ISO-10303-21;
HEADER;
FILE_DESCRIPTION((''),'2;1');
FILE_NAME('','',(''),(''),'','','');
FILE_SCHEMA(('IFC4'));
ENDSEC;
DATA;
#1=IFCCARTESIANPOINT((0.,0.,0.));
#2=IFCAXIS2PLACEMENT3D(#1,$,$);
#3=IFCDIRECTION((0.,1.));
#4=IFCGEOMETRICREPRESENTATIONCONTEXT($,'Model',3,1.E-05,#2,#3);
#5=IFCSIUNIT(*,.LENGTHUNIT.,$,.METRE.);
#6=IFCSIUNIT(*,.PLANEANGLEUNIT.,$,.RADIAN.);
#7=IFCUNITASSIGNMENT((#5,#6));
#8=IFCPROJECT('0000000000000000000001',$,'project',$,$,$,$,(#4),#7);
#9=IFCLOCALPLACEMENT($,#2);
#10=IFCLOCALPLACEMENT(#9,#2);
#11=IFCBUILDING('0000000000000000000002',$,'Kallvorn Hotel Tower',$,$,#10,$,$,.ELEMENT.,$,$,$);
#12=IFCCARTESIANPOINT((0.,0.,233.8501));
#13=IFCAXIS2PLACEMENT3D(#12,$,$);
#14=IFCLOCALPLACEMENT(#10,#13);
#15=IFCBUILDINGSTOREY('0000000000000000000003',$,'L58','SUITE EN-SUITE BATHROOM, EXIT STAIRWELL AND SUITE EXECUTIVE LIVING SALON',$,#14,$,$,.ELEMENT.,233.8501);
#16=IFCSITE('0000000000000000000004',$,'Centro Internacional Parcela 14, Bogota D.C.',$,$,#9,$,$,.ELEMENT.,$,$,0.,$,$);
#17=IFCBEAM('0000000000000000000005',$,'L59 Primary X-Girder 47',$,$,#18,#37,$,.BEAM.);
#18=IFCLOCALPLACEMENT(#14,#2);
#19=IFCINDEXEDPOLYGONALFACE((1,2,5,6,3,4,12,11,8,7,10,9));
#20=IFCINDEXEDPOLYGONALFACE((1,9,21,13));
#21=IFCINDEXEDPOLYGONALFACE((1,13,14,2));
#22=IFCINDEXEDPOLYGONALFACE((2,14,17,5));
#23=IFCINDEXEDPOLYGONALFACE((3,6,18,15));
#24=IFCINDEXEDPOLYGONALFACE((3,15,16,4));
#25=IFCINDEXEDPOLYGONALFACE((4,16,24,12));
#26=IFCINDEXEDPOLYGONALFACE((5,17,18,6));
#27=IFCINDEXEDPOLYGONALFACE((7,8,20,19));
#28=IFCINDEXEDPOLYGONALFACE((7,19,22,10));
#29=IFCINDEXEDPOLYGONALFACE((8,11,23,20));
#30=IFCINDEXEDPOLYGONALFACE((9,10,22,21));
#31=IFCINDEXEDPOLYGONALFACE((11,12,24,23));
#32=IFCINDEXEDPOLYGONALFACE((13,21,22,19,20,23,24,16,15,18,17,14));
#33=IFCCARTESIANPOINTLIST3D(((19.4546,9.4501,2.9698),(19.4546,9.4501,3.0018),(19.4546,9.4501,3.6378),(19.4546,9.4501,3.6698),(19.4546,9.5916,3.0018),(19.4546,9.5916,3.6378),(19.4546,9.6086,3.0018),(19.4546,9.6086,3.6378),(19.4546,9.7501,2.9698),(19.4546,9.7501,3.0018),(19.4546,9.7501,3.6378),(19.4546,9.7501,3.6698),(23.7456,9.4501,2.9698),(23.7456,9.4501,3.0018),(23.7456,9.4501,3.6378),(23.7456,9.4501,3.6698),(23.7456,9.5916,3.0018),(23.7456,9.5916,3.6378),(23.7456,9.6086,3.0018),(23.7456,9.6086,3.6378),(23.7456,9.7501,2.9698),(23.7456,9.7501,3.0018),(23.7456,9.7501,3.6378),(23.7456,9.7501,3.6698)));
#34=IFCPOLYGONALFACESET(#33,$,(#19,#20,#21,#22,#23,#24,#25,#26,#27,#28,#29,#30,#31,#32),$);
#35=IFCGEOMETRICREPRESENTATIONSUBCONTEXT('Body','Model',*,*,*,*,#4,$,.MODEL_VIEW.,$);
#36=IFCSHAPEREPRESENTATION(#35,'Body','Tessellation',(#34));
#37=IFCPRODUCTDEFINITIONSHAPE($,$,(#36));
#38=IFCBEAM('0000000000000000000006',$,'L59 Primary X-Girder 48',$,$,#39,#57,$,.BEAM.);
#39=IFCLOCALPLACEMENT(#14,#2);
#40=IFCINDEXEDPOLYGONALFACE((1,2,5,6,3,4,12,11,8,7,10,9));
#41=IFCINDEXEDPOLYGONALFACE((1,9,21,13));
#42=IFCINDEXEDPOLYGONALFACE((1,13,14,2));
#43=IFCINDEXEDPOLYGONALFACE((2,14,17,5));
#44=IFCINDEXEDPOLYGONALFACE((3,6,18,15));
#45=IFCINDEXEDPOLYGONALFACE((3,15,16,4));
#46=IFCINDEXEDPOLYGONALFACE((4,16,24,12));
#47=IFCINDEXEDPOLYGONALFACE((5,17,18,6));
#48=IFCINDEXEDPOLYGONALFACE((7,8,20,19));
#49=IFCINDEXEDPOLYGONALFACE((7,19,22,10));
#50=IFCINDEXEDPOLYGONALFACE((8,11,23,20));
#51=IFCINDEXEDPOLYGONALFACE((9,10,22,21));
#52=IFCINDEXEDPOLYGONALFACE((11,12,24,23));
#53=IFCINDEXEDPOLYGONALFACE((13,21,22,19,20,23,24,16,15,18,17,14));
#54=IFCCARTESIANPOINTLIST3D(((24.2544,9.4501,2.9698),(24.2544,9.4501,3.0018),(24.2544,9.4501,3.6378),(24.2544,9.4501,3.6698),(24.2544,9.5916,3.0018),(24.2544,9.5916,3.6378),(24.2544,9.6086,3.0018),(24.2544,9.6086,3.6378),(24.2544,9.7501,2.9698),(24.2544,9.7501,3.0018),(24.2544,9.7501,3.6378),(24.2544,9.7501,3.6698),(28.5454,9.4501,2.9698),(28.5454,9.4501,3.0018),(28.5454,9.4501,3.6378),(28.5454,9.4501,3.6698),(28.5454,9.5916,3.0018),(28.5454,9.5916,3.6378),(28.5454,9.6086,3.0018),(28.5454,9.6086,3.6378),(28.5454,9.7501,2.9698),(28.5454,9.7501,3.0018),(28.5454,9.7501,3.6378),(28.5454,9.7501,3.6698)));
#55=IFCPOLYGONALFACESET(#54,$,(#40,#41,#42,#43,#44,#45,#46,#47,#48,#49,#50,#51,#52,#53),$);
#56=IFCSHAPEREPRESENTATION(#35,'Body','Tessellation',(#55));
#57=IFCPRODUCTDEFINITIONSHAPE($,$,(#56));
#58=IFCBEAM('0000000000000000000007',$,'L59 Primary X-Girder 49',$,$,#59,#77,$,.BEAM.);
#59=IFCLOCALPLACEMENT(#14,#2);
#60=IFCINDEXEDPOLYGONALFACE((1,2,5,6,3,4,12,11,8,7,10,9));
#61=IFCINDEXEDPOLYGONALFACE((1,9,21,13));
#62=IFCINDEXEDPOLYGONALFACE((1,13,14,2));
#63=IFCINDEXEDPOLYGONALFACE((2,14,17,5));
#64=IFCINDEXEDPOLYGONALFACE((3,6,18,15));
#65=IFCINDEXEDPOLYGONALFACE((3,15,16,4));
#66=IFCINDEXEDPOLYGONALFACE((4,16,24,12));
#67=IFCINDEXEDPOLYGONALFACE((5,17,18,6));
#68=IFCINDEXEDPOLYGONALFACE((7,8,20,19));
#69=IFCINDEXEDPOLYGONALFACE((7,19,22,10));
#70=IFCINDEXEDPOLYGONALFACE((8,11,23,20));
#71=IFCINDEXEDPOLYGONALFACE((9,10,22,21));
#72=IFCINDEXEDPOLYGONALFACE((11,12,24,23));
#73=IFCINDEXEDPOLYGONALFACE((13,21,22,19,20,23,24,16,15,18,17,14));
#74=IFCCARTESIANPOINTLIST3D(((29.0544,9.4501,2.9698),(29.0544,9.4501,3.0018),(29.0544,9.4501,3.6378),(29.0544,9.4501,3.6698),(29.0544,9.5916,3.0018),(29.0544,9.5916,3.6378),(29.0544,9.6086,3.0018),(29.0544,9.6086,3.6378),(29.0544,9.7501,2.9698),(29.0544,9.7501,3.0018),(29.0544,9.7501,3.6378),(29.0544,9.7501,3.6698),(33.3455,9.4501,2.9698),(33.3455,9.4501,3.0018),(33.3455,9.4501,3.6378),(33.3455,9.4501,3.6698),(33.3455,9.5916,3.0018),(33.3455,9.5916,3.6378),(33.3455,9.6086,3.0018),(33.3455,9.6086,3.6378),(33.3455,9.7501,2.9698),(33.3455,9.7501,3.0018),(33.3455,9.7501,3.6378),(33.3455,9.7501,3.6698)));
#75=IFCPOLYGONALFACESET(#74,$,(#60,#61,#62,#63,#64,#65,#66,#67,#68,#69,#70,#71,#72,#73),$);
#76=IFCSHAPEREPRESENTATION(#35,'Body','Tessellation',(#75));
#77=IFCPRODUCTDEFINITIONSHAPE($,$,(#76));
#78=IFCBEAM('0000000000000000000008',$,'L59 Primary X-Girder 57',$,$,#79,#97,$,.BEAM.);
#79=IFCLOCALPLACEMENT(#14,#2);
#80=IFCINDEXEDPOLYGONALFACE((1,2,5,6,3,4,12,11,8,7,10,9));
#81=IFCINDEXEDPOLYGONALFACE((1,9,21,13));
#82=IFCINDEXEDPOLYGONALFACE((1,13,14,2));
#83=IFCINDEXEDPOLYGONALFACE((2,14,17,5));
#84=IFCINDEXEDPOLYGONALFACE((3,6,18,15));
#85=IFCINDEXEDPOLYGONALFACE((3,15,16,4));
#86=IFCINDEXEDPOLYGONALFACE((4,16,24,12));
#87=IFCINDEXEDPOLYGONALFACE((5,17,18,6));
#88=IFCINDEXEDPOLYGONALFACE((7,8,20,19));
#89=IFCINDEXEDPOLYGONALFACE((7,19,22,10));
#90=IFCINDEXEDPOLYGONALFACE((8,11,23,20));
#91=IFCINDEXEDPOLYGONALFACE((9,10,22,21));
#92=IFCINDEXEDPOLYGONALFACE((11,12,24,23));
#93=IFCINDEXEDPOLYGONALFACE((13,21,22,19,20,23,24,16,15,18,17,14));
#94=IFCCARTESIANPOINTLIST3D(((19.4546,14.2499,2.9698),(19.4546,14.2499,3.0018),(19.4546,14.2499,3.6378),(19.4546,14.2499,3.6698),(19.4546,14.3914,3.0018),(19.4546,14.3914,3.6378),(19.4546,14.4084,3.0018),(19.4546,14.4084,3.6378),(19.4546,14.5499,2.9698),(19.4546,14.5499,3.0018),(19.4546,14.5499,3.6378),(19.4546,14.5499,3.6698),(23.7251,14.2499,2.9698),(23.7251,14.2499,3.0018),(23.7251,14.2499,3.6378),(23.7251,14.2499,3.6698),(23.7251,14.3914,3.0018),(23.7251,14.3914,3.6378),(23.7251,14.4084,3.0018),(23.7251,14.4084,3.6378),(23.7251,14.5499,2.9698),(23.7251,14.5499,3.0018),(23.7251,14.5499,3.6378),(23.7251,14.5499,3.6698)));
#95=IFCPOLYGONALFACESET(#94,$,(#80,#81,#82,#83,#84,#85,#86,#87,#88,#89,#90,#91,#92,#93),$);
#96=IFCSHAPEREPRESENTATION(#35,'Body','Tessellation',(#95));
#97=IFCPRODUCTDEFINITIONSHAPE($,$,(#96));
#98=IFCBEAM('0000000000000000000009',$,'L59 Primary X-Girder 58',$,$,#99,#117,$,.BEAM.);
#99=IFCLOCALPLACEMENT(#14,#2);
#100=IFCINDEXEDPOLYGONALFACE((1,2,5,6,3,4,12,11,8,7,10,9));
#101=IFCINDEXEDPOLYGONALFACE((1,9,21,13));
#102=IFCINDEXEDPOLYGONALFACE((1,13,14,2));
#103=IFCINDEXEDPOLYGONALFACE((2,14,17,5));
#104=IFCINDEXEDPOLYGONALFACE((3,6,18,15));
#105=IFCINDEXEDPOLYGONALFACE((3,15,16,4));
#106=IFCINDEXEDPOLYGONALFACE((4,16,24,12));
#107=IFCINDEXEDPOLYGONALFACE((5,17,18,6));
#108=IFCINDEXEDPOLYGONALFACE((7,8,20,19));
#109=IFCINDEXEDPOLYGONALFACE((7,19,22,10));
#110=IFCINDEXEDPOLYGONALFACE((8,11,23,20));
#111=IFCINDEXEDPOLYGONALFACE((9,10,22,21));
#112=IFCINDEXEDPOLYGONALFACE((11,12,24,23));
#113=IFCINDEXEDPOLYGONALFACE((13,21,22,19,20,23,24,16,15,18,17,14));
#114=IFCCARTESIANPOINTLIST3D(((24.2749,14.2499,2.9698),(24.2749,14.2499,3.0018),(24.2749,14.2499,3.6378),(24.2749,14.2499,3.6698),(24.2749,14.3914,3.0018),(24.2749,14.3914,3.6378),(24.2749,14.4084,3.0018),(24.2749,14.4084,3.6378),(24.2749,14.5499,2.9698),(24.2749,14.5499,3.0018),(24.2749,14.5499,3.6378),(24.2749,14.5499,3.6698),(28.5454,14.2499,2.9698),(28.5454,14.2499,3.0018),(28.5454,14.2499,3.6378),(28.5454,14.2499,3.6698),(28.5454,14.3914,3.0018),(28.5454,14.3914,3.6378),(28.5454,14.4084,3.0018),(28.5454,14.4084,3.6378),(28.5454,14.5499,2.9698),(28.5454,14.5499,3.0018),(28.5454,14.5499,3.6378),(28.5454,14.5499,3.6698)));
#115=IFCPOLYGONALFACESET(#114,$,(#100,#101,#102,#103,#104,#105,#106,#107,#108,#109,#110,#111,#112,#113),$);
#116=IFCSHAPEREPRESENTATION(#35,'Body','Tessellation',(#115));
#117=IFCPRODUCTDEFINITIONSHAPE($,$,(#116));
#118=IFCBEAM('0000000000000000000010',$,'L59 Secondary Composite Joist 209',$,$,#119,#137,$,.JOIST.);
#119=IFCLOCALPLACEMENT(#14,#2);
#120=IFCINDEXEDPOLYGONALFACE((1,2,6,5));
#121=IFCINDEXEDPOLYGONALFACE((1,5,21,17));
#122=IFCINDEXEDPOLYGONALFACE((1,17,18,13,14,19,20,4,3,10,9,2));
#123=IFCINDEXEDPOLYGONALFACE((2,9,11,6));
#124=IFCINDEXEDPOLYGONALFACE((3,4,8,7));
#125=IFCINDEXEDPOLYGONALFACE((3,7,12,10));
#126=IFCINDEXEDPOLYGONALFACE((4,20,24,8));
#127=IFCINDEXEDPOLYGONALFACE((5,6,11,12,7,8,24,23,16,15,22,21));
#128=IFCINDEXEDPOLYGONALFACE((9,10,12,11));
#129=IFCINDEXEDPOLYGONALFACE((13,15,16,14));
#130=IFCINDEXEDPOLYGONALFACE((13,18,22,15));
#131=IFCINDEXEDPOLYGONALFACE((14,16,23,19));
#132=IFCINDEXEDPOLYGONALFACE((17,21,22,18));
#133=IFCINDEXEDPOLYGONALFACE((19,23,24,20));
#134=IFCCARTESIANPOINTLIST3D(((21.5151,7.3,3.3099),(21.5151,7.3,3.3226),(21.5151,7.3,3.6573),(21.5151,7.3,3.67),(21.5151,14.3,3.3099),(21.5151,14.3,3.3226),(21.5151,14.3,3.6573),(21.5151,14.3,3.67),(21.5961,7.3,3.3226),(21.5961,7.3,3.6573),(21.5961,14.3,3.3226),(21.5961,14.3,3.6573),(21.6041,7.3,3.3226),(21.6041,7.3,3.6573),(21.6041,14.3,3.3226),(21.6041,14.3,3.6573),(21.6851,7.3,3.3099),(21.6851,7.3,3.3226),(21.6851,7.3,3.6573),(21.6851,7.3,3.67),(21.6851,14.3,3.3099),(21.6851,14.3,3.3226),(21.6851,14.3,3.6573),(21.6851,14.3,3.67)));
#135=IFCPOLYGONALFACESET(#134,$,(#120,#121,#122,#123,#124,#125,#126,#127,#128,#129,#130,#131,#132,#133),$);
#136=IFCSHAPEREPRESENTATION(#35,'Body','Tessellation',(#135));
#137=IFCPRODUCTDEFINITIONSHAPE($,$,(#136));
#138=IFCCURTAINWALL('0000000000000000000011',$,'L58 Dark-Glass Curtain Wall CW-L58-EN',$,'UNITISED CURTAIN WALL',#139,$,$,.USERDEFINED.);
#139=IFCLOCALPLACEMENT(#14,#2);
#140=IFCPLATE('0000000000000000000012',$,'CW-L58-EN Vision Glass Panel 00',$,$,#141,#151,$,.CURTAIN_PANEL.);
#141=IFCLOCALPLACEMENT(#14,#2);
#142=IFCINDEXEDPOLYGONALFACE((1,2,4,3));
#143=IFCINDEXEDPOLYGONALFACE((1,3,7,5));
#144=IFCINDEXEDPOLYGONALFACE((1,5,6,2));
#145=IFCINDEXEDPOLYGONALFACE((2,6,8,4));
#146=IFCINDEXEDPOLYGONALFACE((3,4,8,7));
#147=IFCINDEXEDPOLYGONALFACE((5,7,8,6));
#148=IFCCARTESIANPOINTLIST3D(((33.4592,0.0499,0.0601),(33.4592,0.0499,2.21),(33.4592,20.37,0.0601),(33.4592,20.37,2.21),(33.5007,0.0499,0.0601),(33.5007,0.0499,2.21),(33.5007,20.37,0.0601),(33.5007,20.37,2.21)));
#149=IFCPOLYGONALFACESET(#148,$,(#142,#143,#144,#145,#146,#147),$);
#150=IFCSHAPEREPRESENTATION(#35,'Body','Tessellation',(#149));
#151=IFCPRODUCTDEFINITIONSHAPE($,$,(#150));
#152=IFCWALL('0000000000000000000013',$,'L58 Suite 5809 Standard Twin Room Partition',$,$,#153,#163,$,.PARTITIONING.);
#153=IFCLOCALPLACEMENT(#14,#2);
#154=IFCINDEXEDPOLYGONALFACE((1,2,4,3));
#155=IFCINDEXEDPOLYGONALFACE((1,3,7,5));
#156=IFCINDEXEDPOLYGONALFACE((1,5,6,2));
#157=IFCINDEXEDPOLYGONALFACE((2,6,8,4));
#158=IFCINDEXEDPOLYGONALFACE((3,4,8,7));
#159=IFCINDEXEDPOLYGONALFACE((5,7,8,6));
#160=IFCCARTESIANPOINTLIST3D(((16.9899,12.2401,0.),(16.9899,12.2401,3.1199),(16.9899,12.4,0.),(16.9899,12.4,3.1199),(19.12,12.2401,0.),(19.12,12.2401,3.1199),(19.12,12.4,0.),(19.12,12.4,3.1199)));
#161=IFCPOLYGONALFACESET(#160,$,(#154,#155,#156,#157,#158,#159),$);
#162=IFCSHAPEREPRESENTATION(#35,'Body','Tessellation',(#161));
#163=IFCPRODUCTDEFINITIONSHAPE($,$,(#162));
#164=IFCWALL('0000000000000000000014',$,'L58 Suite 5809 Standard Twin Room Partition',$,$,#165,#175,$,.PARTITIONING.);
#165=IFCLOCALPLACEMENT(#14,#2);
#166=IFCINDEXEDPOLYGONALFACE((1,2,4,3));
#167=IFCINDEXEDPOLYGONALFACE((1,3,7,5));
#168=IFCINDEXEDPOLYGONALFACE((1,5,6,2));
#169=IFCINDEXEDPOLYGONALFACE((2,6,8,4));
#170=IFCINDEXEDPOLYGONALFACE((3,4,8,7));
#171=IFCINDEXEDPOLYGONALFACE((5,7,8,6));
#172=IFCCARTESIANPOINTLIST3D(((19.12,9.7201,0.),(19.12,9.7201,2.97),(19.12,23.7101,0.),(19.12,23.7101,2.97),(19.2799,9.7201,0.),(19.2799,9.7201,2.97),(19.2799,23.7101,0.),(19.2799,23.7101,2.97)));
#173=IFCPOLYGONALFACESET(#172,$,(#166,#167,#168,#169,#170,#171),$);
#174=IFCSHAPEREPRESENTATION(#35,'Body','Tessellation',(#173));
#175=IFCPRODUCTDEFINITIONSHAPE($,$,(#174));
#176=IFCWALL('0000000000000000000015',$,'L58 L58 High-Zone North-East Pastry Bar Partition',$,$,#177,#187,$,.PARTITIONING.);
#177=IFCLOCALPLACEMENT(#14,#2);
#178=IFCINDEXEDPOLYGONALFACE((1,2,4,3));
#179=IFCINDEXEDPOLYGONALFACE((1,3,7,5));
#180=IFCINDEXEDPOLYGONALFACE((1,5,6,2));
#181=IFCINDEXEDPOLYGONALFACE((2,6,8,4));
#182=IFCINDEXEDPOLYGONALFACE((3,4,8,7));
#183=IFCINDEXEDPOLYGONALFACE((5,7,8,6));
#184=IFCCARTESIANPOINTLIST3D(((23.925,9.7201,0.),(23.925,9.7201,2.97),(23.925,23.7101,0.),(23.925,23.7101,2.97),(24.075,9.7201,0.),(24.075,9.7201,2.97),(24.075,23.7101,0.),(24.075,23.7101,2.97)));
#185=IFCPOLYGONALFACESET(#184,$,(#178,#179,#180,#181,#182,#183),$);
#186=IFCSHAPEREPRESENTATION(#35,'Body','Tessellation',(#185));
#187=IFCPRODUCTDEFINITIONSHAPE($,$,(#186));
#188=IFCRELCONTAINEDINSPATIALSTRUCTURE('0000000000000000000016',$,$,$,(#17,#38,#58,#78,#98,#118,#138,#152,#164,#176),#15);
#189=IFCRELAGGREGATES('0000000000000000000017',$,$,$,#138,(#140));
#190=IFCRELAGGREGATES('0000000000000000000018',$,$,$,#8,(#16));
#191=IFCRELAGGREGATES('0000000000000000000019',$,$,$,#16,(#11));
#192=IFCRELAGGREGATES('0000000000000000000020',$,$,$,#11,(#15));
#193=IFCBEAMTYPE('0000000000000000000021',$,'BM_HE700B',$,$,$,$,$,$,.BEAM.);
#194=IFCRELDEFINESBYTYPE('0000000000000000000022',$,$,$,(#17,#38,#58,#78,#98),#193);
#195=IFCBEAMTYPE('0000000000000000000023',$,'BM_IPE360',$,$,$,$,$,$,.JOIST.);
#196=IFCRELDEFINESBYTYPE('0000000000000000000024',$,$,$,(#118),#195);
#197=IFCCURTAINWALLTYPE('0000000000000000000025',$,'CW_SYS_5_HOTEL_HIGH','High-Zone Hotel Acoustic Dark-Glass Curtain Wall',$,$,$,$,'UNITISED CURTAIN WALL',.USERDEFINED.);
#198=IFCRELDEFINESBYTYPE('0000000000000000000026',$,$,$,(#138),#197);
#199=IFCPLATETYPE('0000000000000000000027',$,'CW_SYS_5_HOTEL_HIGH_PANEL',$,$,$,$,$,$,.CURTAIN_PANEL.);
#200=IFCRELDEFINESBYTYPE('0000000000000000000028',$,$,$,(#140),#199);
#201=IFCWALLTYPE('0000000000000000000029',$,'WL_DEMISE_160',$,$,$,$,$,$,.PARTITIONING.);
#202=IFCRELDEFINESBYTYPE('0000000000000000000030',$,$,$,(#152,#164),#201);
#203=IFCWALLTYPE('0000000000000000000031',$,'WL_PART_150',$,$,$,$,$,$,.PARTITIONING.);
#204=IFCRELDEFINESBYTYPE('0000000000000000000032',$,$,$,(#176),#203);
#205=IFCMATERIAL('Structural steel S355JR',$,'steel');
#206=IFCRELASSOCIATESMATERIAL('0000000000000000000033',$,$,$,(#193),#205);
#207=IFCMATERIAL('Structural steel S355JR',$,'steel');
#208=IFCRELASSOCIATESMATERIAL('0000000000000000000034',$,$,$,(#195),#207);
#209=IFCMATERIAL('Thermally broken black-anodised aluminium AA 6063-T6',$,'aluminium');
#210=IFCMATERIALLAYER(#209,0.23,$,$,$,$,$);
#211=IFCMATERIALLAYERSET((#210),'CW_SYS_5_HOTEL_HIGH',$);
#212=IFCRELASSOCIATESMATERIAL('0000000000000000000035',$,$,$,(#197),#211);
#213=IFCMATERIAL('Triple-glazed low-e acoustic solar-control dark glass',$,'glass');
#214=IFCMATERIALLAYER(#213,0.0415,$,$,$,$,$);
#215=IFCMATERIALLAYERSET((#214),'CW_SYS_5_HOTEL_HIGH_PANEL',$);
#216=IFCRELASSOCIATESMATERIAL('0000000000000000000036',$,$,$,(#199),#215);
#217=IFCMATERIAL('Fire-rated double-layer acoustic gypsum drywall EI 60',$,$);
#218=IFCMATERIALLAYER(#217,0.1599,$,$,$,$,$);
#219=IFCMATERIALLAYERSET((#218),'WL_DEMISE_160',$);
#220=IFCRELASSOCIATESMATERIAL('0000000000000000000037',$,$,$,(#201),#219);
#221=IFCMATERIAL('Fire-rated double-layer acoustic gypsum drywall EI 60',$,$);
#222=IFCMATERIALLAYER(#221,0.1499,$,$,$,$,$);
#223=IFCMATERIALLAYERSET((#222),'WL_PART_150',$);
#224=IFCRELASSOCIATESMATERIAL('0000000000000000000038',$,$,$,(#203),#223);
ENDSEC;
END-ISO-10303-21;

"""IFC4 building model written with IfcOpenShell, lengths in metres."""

from ifc_helpers import new_model, si_unit, direction, frame, frame_2d, origin, origin_2d, place, context, subcontext, project, spatial, rectangle, i_section, extrude, material, layer, layer_set, material_profile, profile_set, type_object, element, aggregate, save


model = new_model("IFC4")

# Units and contexts
model_context = context("Model", 3, precision=1e-05, world=origin(), true_north=direction((0.0, 1.0)))
body_context = subcontext(model_context, "Body", "Model", "MODEL_VIEW")
ifc_project = project(units=[si_unit("LENGTHUNIT", "METRE"), si_unit("PLANEANGLEUNIT", "RADIAN")], contexts=[model_context])

# Site, building, storey
site_placement = place(None, origin())
site = spatial("IfcSite", under=ifc_project, at=site_placement, Name="Centro Internacional Parcela 14, Bogota D.C.", CompositionType="ELEMENT", RefElevation=0.0)
building_placement = place(site_placement, origin())
building = spatial("IfcBuilding", under=site, at=building_placement, Name="Kallvorn Hotel Tower", CompositionType="ELEMENT")
storey_placement = place(building_placement, frame((0.0, 0.0, 233.8501)))
storey = spatial("IfcBuildingStorey", under=building, at=storey_placement, Name="L58", Description="SUITE EN-SUITE BATHROOM, EXIT STAIRWELL AND SUITE EXECUTIVE LIVING SALON", CompositionType="ELEMENT", Elevation=233.8501)

# Beams
ifc_material_1 = material(Name="Structural steel S355JR", Category="steel")
ifc_material_profile_1 = material_profile(ifc_material_1, i_section(OverallWidth=0.3, OverallDepth=0.7, WebThickness=0.0171, FlangeThickness=0.032, at=origin_2d()), Name="HE 700 B")
ifc_profile_set_1 = profile_set([ifc_material_profile_1], Name="Structural steel S355JR")
beam_type_1 = type_object("IfcBeamType", Name="BM_HE700B", PredefinedType="BEAM", material=ifc_profile_set_1)
for number, where, z_axis, x_axis, name in (
    (1, (19.4546, 9.6001, 3.3198), (1.0, 0.0, 0.0), (0.0, 1.0, 0.0), "L59 Primary X-Girder 47"),
    (2, (24.2544, 9.6001, 3.3198), (1.0, 0.0, 0.0), (0.0, 1.0, 0.0), "L59 Primary X-Girder 48"),
    (3, (29.0544, 9.6001, 3.3198), (1.0, 0.0, 0.0), (0.0, 1.0, 0.0), "L59 Primary X-Girder 49"),
):
    element("IfcBeam", number, at=place(storey_placement, frame(where, z_axis=z_axis, x_axis=x_axis)), inside=storey, type_object=beam_type_1, Name=name, PredefinedType="BEAM", context=body_context, shape_type="SweptSolid", body=[
        extrude(i_section(OverallWidth=0.3, OverallDepth=0.7, WebThickness=0.0171, FlangeThickness=0.032, at=origin_2d()), origin(), (0.0, 0.0, 1.0), 4.291),
    ])
for number, where, z_axis, x_axis, name in (
    (4, (19.4546, 14.3999, 3.3198), (1.0, 0.0, 0.0), (0.0, 1.0, 0.0), "L59 Primary X-Girder 57"),
    (5, (24.2749, 14.3999, 3.3198), (1.0, 0.0, 0.0), (0.0, 1.0, 0.0), "L59 Primary X-Girder 58"),
):
    element("IfcBeam", number, at=place(storey_placement, frame(where, z_axis=z_axis, x_axis=x_axis)), inside=storey, type_object=beam_type_1, Name=name, PredefinedType="BEAM", context=body_context, shape_type="SweptSolid", body=[
        extrude(i_section(OverallWidth=0.3, OverallDepth=0.7, WebThickness=0.0171, FlangeThickness=0.032, at=origin_2d()), origin(), (0.0, 0.0, 1.0), 4.2705),
    ])
ifc_material_2 = material(Name="Structural steel S355JR", Category="steel")
ifc_material_profile_2 = material_profile(ifc_material_2, i_section(OverallWidth=0.1699, OverallDepth=0.3601, WebThickness=0.0081, FlangeThickness=0.0127, at=origin_2d()), Name="IPE 360")
ifc_profile_set_2 = profile_set([ifc_material_profile_2], Name="Structural steel S355JR")
beam_type_2 = type_object("IfcBeamType", Name="BM_IPE360", PredefinedType="JOIST", material=ifc_profile_set_2)
beam_1_placement = place(storey_placement, frame((21.6001, 7.3, 3.49), z_axis=(0.0, 1.0, 0.0), x_axis=(-1.0, 0.0, 0.0)))
element("IfcBeam", 6, at=beam_1_placement, inside=storey, type_object=beam_type_2, Name="L59 Secondary Composite Joist 209", PredefinedType="JOIST", context=body_context, shape_type="SweptSolid", body=[
    extrude(i_section(OverallWidth=0.1699, OverallDepth=0.3601, WebThickness=0.0081, FlangeThickness=0.0127, at=origin_2d()), origin(), (0.0, 0.0, 1.0), 7.0),
])

# Curtain wall, plate
ifc_material_3 = material(Name="Thermally broken black-anodised aluminium AA 6063-T6", Category="aluminium")
ifc_layer_1 = layer(ifc_material_3, 0.23)
ifc_layer_set_1 = layer_set([ifc_layer_1], Name="CW_SYS_5_HOTEL_HIGH")
curtain_wall_type = type_object("IfcCurtainWallType", Name="CW_SYS_5_HOTEL_HIGH", Description="High-Zone Hotel Acoustic Dark-Glass Curtain Wall", ElementType="UNITISED CURTAIN WALL", PredefinedType="USERDEFINED", material=ifc_layer_set_1)
curtain_wall_placement = place(storey_placement, origin())
curtain_wall = element("IfcCurtainWall", 7, at=curtain_wall_placement, inside=storey, type_object=curtain_wall_type, Name="L58 Dark-Glass Curtain Wall CW-L58-EN", ObjectType="UNITISED CURTAIN WALL", PredefinedType="USERDEFINED")
ifc_material_4 = material(Name="Triple-glazed low-e acoustic solar-control dark glass", Category="glass")
ifc_layer_2 = layer(ifc_material_4, 0.0415)
ifc_layer_set_2 = layer_set([ifc_layer_2], Name="CW_SYS_5_HOTEL_HIGH_PANEL")
plate_type = type_object("IfcPlateType", Name="CW_SYS_5_HOTEL_HIGH_PANEL", PredefinedType="CURTAIN_PANEL", material=ifc_layer_set_2)
plate_placement = place(storey_placement, frame((33.48, 10.21, 0.0601), z_axis=(0.0, 0.0, 1.0), x_axis=(0.0, 1.0, 0.0)))
plate = element("IfcPlate", 8, at=plate_placement, type_object=plate_type, Name="CW-L58-EN Vision Glass Panel 00", PredefinedType="CURTAIN_PANEL", context=body_context, shape_type="SweptSolid", body=[
    extrude(rectangle(XDim=20.3201, YDim=0.0415, at=origin_2d()), origin(), (0.0, 0.0, 1.0), 2.1499),
])
aggregate(curtain_wall, [plate])

# Walls
ifc_material_5 = material(Name="Fire-rated double-layer acoustic gypsum drywall EI 60")
ifc_layer_3 = layer(ifc_material_5, 0.1599)
ifc_layer_set_3 = layer_set([ifc_layer_3], Name="WL_DEMISE_160")
wall_type_1 = type_object("IfcWallType", Name="WL_DEMISE_160", PredefinedType="PARTITIONING", material=ifc_layer_set_3)
wall_1_placement = place(storey_placement, frame((16.99, 12.3201, 0.0), z_axis=(0.0, 0.0, 1.0), x_axis=(1.0, 0.0, 0.0)))
element("IfcWall", 9, at=wall_1_placement, inside=storey, type_object=wall_type_1, Name="L58 Suite 5809 Standard Twin Room Partition", PredefinedType="PARTITIONING", context=body_context, shape_type="SweptSolid", body=[
    extrude(rectangle(XDim=2.1301, YDim=0.1599, at=frame_2d((1.0649, 0.0))), origin(), (0.0, 0.0, 1.0), 3.1199),
])
wall_2_placement = place(storey_placement, frame((19.2, 9.72, 0.0), z_axis=(0.0, 0.0, 1.0), x_axis=(0.0, 1.0, 0.0)))
element("IfcWall", 10, at=wall_2_placement, inside=storey, type_object=wall_type_1, Name="L58 Suite 5809 Standard Twin Room Partition", PredefinedType="PARTITIONING", context=body_context, shape_type="SweptSolid", body=[
    extrude(rectangle(XDim=13.99, YDim=0.1599, at=frame_2d((6.9951, 0.0))), origin(), (0.0, 0.0, 1.0), 2.97),
])
ifc_material_6 = material(Name="Fire-rated double-layer acoustic gypsum drywall EI 60")
ifc_layer_4 = layer(ifc_material_6, 0.1499)
ifc_layer_set_4 = layer_set([ifc_layer_4], Name="WL_PART_150")
wall_type_2 = type_object("IfcWallType", Name="WL_PART_150", PredefinedType="PARTITIONING", material=ifc_layer_set_4)
wall_3_placement = place(storey_placement, frame((24.0, 9.72, 0.0), z_axis=(0.0, 0.0, 1.0), x_axis=(0.0, 1.0, 0.0)))
element("IfcWall", 11, at=wall_3_placement, inside=storey, type_object=wall_type_2, Name="L58 L58 High-Zone North-East Pastry Bar Partition", PredefinedType="PARTITIONING", context=body_context, shape_type="SweptSolid", body=[
    extrude(rectangle(XDim=13.99, YDim=0.1499, at=frame_2d((6.9951, 0.0))), origin(), (0.0, 0.0, 1.0), 2.97),
])

save(model, "model.ifc")
